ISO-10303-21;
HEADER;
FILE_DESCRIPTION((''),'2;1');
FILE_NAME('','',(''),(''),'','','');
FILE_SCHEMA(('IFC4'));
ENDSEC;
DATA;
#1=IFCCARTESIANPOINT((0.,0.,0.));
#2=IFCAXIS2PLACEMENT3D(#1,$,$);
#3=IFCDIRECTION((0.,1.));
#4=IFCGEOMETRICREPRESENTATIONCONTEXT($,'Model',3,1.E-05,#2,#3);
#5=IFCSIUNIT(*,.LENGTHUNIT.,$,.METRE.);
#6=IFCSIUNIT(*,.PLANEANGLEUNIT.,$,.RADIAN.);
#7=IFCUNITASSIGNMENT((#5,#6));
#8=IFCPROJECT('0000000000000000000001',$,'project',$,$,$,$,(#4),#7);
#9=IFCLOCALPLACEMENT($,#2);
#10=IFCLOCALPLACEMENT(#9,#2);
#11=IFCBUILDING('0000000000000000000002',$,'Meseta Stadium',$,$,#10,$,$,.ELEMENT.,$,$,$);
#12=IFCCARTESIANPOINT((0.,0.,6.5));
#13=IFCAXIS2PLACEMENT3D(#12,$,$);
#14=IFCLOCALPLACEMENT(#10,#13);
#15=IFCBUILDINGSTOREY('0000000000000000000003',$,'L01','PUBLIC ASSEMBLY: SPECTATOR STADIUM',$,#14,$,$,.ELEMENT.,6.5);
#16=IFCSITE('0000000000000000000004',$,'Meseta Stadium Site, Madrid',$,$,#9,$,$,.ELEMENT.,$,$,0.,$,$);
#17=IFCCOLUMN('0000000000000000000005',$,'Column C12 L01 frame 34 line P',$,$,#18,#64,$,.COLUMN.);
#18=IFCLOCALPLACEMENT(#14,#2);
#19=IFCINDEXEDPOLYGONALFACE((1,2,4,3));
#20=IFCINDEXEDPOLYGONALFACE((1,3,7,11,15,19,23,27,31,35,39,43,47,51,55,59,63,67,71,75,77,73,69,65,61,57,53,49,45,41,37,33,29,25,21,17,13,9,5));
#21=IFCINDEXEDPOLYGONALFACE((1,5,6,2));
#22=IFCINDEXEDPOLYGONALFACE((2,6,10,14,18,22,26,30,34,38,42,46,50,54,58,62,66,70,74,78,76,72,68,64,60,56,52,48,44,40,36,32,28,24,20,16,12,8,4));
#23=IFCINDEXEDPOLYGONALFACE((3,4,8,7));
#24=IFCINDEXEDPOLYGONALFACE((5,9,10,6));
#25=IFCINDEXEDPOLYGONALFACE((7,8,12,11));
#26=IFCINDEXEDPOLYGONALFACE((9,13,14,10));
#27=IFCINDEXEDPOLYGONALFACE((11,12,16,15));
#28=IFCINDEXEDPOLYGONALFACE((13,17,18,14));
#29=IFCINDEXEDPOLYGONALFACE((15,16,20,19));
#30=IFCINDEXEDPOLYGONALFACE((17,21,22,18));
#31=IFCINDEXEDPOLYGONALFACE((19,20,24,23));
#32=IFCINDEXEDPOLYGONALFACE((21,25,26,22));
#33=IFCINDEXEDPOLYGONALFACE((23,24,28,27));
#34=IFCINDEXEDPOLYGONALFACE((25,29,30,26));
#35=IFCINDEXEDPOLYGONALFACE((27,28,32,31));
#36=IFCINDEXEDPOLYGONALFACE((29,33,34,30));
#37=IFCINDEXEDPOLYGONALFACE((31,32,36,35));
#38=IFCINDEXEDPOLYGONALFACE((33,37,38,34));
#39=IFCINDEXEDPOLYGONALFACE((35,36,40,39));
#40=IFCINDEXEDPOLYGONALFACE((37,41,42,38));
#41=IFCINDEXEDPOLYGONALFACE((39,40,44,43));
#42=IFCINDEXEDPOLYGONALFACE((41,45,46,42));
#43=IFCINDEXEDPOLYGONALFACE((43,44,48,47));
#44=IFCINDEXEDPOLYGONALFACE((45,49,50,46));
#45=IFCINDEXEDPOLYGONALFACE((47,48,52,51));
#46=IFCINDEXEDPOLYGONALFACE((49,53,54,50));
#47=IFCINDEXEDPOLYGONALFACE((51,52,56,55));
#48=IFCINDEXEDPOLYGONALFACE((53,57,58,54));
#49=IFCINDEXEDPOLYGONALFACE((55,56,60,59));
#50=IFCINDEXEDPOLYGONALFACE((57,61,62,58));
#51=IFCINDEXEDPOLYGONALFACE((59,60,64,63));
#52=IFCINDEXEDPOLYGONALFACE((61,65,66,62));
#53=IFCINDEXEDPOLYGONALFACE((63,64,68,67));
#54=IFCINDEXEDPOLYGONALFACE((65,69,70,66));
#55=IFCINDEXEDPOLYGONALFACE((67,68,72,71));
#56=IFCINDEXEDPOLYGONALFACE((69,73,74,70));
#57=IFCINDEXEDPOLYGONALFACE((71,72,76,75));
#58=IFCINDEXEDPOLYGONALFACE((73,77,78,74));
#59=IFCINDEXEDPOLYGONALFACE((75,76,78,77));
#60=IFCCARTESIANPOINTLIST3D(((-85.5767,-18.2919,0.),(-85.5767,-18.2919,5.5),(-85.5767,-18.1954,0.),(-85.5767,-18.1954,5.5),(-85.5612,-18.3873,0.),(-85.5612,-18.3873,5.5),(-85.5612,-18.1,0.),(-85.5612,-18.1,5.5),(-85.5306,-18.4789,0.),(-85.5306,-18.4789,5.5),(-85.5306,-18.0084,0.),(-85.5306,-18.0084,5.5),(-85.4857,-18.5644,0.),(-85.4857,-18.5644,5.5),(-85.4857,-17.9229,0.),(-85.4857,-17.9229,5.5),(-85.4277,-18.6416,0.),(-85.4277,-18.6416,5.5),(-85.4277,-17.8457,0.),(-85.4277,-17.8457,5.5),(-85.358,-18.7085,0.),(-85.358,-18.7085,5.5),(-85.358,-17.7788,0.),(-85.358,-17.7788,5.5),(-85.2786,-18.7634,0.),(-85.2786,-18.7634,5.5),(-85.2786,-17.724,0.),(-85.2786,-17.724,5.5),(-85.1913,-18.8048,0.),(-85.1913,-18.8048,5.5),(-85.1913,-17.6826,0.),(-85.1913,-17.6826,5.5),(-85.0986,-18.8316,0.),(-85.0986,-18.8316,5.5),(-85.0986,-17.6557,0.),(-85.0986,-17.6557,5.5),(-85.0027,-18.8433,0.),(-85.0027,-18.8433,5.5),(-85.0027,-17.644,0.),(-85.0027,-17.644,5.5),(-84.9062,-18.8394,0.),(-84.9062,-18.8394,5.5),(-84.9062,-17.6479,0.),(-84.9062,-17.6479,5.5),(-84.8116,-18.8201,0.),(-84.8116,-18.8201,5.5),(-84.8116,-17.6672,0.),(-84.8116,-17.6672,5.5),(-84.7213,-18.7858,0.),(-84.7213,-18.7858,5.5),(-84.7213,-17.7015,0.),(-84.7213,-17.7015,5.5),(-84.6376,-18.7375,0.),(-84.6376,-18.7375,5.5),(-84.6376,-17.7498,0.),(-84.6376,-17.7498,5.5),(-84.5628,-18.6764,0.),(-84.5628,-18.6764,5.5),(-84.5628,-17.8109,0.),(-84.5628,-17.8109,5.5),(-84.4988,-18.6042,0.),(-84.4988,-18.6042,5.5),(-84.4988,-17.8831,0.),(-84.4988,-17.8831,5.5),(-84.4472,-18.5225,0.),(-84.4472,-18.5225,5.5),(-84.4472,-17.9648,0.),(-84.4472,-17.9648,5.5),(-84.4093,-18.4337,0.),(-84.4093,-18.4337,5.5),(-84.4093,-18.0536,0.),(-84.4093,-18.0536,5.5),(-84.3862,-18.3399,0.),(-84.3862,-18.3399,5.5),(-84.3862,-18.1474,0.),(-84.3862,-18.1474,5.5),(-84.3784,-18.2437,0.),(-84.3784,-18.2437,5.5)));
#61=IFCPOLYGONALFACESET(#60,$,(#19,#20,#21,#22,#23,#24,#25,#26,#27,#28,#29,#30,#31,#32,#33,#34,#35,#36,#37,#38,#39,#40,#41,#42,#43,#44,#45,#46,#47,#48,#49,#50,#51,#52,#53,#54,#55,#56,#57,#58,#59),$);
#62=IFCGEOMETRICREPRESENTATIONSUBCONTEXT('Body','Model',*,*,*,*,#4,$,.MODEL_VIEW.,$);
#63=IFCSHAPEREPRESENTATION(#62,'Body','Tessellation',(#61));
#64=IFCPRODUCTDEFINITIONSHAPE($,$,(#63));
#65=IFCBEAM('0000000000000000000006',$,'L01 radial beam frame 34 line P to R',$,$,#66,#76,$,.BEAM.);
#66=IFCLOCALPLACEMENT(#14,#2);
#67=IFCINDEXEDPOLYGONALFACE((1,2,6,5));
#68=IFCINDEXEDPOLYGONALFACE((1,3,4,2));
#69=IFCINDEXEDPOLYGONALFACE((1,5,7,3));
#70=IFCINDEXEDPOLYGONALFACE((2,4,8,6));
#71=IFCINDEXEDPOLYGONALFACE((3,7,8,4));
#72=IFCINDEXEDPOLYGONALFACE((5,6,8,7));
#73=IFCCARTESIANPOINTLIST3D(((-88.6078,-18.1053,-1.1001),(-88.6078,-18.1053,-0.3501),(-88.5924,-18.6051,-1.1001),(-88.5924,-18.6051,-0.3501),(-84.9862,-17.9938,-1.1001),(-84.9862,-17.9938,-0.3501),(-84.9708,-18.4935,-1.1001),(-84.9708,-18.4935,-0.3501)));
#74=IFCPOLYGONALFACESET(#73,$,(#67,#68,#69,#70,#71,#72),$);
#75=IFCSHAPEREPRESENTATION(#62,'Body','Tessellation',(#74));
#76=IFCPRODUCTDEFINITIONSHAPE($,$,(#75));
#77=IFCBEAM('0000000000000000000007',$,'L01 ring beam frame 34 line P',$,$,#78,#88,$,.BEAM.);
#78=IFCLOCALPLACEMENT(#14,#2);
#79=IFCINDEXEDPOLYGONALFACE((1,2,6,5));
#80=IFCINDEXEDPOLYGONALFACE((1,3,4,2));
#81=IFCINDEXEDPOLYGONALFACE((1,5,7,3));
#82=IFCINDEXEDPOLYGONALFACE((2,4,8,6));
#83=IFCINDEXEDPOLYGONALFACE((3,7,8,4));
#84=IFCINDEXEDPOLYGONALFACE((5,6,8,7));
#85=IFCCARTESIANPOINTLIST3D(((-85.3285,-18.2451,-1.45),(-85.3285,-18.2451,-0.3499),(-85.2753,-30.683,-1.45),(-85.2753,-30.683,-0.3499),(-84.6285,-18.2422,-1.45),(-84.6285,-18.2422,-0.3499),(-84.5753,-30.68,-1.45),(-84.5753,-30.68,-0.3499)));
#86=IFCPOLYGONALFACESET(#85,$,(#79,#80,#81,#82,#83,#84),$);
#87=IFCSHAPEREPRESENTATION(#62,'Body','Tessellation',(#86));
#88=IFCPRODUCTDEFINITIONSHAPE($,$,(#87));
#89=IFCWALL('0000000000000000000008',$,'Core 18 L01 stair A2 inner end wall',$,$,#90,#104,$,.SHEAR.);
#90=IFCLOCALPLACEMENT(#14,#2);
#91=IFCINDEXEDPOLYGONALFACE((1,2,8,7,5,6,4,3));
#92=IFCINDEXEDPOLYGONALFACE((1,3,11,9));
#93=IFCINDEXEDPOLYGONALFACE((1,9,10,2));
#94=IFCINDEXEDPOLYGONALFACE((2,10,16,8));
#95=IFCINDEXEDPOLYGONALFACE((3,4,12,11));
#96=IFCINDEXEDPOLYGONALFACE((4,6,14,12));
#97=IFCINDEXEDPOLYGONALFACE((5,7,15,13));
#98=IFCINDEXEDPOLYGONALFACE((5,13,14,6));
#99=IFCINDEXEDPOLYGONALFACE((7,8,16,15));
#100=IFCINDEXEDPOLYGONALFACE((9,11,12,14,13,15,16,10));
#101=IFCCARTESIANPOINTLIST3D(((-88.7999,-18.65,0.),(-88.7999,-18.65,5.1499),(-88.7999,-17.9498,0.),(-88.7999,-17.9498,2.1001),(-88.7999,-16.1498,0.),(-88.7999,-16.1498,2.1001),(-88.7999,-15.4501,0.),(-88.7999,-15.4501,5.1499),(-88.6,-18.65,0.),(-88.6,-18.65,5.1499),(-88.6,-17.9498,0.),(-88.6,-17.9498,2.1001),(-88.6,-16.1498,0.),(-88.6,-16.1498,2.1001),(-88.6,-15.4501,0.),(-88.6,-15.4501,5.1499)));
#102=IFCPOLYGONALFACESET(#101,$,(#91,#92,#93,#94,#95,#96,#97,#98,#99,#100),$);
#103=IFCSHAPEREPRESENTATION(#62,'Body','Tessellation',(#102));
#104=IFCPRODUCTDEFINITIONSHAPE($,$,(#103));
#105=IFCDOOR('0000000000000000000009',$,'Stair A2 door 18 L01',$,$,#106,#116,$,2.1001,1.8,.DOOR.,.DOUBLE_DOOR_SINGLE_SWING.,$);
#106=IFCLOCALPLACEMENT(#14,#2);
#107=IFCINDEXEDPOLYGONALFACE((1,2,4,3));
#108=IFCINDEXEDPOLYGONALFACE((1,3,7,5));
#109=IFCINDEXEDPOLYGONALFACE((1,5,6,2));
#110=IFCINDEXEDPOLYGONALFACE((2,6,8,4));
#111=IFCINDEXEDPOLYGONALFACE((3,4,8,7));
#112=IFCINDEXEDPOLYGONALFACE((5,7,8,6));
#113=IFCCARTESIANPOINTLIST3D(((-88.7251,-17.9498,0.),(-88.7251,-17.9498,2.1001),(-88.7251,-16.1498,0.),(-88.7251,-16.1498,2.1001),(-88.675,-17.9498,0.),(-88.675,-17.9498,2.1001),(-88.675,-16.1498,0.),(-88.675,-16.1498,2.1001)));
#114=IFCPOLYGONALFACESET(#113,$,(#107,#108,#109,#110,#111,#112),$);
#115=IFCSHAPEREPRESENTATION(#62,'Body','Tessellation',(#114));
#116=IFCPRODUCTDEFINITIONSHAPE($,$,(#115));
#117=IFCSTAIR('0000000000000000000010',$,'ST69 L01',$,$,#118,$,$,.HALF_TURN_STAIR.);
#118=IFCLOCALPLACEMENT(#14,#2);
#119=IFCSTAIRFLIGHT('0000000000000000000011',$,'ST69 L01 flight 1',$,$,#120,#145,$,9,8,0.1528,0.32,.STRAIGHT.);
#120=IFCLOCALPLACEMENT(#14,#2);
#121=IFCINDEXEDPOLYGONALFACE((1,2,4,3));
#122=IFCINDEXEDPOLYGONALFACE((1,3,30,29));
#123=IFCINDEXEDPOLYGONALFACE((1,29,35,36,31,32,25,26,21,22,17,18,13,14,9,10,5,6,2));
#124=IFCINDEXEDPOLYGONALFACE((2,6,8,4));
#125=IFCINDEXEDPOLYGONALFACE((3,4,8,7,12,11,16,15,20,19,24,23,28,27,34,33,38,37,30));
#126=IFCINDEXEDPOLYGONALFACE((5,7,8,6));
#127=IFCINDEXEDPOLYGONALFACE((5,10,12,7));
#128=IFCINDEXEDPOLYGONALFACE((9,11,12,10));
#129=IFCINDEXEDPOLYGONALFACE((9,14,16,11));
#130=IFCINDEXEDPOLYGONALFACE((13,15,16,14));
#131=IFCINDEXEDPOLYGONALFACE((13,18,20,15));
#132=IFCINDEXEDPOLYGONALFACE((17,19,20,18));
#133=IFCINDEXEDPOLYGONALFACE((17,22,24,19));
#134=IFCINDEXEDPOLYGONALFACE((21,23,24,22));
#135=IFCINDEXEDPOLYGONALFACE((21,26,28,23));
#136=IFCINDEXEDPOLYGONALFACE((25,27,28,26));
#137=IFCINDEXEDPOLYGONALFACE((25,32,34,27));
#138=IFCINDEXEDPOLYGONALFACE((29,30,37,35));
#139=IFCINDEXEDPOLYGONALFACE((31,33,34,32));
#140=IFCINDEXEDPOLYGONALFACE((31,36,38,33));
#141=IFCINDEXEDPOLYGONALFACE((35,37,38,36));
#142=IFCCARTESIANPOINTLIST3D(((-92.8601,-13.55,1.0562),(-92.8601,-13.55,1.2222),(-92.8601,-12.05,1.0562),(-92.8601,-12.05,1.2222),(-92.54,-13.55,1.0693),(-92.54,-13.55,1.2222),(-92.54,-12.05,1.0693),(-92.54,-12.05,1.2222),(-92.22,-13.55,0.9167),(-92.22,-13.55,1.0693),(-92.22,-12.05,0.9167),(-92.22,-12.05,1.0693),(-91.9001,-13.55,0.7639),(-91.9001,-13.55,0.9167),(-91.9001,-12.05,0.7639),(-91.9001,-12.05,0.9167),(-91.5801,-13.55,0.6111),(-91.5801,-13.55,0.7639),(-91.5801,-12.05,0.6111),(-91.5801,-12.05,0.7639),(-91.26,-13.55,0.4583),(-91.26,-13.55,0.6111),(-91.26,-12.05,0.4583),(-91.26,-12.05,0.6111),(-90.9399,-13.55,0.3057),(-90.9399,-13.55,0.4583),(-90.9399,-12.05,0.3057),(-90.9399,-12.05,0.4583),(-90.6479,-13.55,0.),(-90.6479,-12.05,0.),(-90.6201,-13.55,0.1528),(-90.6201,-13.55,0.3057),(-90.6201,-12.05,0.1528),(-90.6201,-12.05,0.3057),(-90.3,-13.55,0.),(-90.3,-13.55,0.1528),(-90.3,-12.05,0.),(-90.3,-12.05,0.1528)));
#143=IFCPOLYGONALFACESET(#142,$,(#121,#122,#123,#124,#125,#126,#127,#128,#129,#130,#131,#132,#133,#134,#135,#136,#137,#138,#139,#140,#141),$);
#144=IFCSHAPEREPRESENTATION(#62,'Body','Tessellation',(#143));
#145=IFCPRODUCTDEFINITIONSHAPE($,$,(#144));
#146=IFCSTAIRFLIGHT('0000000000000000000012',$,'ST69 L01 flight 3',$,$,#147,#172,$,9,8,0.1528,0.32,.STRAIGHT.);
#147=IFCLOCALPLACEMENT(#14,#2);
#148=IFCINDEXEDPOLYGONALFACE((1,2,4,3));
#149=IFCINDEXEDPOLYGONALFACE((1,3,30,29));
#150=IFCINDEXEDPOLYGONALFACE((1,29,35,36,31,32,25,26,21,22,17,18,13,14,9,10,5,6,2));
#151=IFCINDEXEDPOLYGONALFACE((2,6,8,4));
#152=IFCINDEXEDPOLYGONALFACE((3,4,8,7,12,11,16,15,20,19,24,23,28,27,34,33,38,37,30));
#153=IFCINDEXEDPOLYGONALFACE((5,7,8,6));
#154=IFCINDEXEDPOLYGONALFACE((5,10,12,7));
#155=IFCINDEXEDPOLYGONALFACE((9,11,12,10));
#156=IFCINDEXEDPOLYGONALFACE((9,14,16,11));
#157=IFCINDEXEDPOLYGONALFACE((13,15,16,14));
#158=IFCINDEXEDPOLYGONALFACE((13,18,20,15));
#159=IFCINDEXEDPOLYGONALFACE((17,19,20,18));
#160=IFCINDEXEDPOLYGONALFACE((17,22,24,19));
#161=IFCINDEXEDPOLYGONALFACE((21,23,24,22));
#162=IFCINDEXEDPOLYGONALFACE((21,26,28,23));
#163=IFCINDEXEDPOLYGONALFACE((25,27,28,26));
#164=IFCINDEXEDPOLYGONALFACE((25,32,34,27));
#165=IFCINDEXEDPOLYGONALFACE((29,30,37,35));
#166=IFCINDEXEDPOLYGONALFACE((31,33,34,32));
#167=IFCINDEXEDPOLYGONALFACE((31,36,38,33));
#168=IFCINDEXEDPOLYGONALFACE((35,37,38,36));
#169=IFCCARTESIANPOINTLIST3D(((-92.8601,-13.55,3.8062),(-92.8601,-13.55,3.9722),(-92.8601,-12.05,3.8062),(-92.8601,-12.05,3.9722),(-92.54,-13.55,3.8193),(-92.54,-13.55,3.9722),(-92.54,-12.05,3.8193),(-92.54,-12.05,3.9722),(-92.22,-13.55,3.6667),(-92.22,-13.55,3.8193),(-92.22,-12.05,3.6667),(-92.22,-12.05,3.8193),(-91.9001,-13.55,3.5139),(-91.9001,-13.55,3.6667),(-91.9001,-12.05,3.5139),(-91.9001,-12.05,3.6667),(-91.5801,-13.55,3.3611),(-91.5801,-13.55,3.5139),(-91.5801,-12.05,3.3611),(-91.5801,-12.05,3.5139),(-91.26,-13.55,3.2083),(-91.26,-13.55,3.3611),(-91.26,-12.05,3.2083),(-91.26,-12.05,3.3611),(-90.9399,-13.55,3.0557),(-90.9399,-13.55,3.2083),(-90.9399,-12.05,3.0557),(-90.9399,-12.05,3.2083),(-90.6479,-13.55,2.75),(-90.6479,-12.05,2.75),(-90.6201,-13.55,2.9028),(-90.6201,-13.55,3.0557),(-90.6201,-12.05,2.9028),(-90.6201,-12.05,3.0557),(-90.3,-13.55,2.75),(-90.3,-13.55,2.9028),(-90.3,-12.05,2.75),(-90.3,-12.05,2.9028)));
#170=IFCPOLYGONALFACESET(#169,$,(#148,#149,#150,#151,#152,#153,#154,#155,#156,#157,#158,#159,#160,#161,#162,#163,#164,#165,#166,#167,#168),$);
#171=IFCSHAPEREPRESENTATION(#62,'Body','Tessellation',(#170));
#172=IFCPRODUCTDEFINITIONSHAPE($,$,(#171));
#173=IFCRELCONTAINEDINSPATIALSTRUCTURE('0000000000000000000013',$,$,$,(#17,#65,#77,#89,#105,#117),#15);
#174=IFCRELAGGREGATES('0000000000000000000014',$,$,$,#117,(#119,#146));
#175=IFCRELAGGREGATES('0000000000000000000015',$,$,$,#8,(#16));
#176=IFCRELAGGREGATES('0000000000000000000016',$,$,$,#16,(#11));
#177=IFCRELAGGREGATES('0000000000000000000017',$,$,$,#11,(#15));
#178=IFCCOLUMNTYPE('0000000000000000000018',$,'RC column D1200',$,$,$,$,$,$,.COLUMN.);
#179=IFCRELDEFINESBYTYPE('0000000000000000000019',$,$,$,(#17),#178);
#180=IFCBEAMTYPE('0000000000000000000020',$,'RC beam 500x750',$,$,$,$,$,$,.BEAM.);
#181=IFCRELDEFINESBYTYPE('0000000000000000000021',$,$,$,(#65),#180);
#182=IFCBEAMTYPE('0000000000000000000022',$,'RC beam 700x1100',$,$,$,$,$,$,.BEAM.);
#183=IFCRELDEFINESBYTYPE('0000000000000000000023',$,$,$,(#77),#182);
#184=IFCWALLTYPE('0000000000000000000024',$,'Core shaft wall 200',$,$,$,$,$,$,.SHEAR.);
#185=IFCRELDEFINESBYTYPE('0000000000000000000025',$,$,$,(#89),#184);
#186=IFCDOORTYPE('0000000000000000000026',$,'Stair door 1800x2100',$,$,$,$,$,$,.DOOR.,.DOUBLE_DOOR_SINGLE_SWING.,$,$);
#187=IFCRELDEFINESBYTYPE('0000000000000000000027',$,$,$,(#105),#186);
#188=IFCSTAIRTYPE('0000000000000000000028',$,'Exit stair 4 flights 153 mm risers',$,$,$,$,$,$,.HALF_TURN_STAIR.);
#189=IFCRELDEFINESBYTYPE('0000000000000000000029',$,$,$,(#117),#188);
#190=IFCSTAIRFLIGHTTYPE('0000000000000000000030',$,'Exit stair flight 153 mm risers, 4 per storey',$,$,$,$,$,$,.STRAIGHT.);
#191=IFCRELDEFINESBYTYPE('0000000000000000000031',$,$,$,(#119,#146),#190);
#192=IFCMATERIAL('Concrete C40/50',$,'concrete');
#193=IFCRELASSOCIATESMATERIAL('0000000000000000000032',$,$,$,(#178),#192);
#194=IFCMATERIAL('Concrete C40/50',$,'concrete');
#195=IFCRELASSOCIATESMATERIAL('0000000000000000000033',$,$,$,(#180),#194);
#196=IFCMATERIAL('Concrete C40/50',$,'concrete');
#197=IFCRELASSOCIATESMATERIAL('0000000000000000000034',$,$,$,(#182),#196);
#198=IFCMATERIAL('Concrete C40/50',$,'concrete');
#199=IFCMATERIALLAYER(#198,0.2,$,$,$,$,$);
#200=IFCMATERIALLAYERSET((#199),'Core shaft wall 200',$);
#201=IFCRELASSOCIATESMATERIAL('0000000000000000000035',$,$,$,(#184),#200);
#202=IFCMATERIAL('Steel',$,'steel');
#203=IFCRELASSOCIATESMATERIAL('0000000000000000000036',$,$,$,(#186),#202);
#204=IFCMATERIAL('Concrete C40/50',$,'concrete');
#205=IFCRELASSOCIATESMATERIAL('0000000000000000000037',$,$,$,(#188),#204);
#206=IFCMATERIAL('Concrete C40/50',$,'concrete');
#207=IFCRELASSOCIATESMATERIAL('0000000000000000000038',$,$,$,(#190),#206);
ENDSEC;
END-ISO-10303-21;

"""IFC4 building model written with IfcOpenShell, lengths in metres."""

from ifc_helpers import new_model, si_unit, direction, frame, frame_2d, origin, origin_2d, place, context, subcontext, project, spatial, polyline, rectangle, circle, outline, extrude, material, layer, layer_set, material_profile, profile_set, type_object, element, fill, aggregate, save


model = new_model("IFC4")

# Units and contexts
model_context = context("Model", 3, precision=1e-05, world=origin(), true_north=direction((0.0, 1.0)))
body_context = subcontext(model_context, "Body", "Model", "MODEL_VIEW")
ifc_project = project(units=[si_unit("LENGTHUNIT", "METRE"), si_unit("PLANEANGLEUNIT", "RADIAN")], contexts=[model_context])

# Site, building, storey
site_placement = place(None, origin())
site = spatial("IfcSite", under=ifc_project, at=site_placement, Name="Meseta Stadium Site, Madrid", CompositionType="ELEMENT", RefElevation=0.0)
building_placement = place(site_placement, origin())
building = spatial("IfcBuilding", under=site, at=building_placement, Name="Meseta Stadium", CompositionType="ELEMENT")
storey_placement = place(building_placement, frame((0.0, 0.0, 6.5)))
storey = spatial("IfcBuildingStorey", under=building, at=storey_placement, Name="L01", Description="PUBLIC ASSEMBLY: SPECTATOR STADIUM", CompositionType="ELEMENT", Elevation=6.5)

# Column
ifc_material_1 = material(Name="Concrete C40/50", Category="concrete")
ifc_material_profile_1 = material_profile(ifc_material_1, circle(Radius=0.6001, at=origin_2d()), Name="RC D1200")
ifc_profile_set_1 = profile_set([ifc_material_profile_1], Name="Concrete C40/50")
column_type = type_object("IfcColumnType", Name="RC column D1200", PredefinedType="COLUMN", material=ifc_profile_set_1)
column_placement = place(storey_placement, frame((-84.9785, -18.2437, 0.0), z_axis=(0.0, 0.0, 1.0), x_axis=(1.0, 0.0, 0.0)))
element("IfcColumn", 1, at=column_placement, inside=storey, type_object=column_type, Name="Column C12 L01 frame 34 line P", PredefinedType="COLUMN", context=body_context, shape_type="SweptSolid", body=[
    extrude(circle(Radius=0.6001, at=origin_2d()), origin(), (0.0, 0.0, 1.0), 5.5),
])

# Beams
ifc_material_2 = material(Name="Concrete C40/50", Category="concrete")
ifc_material_profile_2 = material_profile(ifc_material_2, rectangle(XDim=0.5, YDim=0.75, at=origin_2d()), Name="RC 500x750")
ifc_profile_set_2 = profile_set([ifc_material_profile_2], Name="Concrete C40/50")
beam_type_1 = type_object("IfcBeamType", Name="RC beam 500x750", PredefinedType="BEAM", material=ifc_profile_set_2)
beam_1_placement = place(storey_placement, frame((-84.9785, -18.2437, -0.7251), z_axis=(-0.999526, -0.030793, 0.0), x_axis=(0.030793, -0.999526, 0.0)))
element("IfcBeam", 2, at=beam_1_placement, inside=storey, type_object=beam_type_1, Name="L01 radial beam frame 34 line P to R", PredefinedType="BEAM", context=body_context, shape_type="SweptSolid", body=[
    extrude(rectangle(XDim=0.5, YDim=0.75, at=origin_2d()), origin(), (0.0, 0.0, 1.0), 3.6233),
])
ifc_material_3 = material(Name="Concrete C40/50", Category="concrete")
ifc_material_profile_3 = material_profile(ifc_material_3, rectangle(XDim=0.7, YDim=1.1001, at=origin_2d()), Name="RC 700x1100")
ifc_profile_set_3 = profile_set([ifc_material_profile_3], Name="Concrete C40/50")
beam_type_2 = type_object("IfcBeamType", Name="RC beam 700x1100", PredefinedType="BEAM", material=ifc_profile_set_3)
beam_2_placement = place(storey_placement, frame((-84.9785, -18.2437, -0.8999), z_axis=(0.004279, -0.999991, 0.0), x_axis=(0.999991, 0.004279, 0.0)))
element("IfcBeam", 3, at=beam_2_placement, inside=storey, type_object=beam_type_2, Name="L01 ring beam frame 34 line P", PredefinedType="BEAM", context=body_context, shape_type="SweptSolid", body=[
    extrude(rectangle(XDim=0.7, YDim=1.1001, at=origin_2d()), origin(), (0.0, 0.0, 1.0), 12.438),
])

# Wall, opening, door
ifc_material_4 = material(Name="Concrete C40/50", Category="concrete")
ifc_layer = layer(ifc_material_4, 0.2)
ifc_layer_set = layer_set([ifc_layer], Name="Core shaft wall 200")
wall_type = type_object("IfcWallType", Name="Core shaft wall 200", PredefinedType="SHEAR", material=ifc_layer_set)
wall_placement = place(storey_placement, frame((-88.7, -15.45, 0.0), z_axis=(0.0, 0.0, 1.0), x_axis=(0.0, -1.0, 0.0)))
wall = element("IfcWall", 4, at=wall_placement, inside=storey, type_object=wall_type, Name="Core 18 L01 stair A2 inner end wall", PredefinedType="SHEAR", context=body_context, shape_type="SweptSolid", body=[
    extrude(rectangle(XDim=3.2, YDim=0.2, at=frame_2d((1.6001, 0.0))), origin(), (0.0, 0.0, 1.0), 5.1499),
])
opening_placement = place(wall_placement, frame((0.7, 0.0, 0.0)))
opening = element("IfcOpeningElement", 5, at=opening_placement, cuts=wall, PredefinedType="OPENING", context=body_context, shape_type="SweptSolid", body=[
    extrude(rectangle(XDim=1.8, YDim=2.1001, at=frame_2d((0.8999, 1.05))), frame((0.0, 0.1099, 0.0), z_axis=(0.0, -1.0, 0.0), x_axis=(1.0, 0.0, 0.0)), (0.0, 0.0, 1.0), 0.22),
])
ifc_material_5 = material(Name="Steel", Category="steel")
door_type = type_object("IfcDoorType", Name="Stair door 1800x2100", OperationType="DOUBLE_DOOR_SINGLE_SWING", PredefinedType="DOOR", material=ifc_material_5)
door_placement = place(opening_placement, origin())
door = element("IfcDoor", 6, at=door_placement, inside=storey, type_object=door_type, Name="Stair A2 door 18 L01", OperationType="DOUBLE_DOOR_SINGLE_SWING", OverallHeight=2.1001, OverallWidth=1.8, PredefinedType="DOOR", context=body_context, shape_type="SweptSolid", body=[
    extrude(rectangle(XDim=1.8, YDim=2.1001, at=frame_2d((0.8999, 1.05))), frame((0.0, 0.0249, 0.0), z_axis=(0.0, -1.0, 0.0), x_axis=(1.0, 0.0, 0.0)), (0.0, 0.0, 1.0), 0.05),
])
fill(opening, door)

# Stair, stair flights
ifc_material_6 = material(Name="Concrete C40/50", Category="concrete")
stair_type = type_object("IfcStairType", Name="Exit stair 4 flights 153 mm risers", PredefinedType="HALF_TURN_STAIR", material=ifc_material_6)
stair_1_placement = place(storey_placement, origin())
stair_1 = element("IfcStair", 7, at=stair_1_placement, inside=storey, type_object=stair_type, Name="ST69 L01", PredefinedType="HALF_TURN_STAIR")
ifc_material_7 = material(Name="Concrete C40/50", Category="concrete")
stair_flight_type = type_object("IfcStairFlightType", Name="Exit stair flight 153 mm risers, 4 per storey", PredefinedType="STRAIGHT", material=ifc_material_7)
stair_flight_1_placement = place(storey_placement, frame((-90.3, -12.8, 0.0), z_axis=(0.0, 0.0, 1.0), x_axis=(-1.0, 0.0, 0.0)))
stair_flight_1 = element("IfcStairFlight", 8, at=stair_flight_1_placement, type_object=stair_flight_type, Name="ST69 L01 flight 1", NumberOfRisers=9, NumberOfTreads=8, PredefinedType="STRAIGHT", RiserHeight=0.1528, TreadLength=0.32, context=body_context, shape_type="SweptSolid", body=[
    extrude(outline(polyline([(0.0, 0.0), (0.0, 0.1528), (0.3201, 0.1528), (0.3201, 0.3057), (0.6399, 0.3057), (0.6399, 0.4583), (0.96, 0.4583), (0.96, 0.6111), (1.28, 0.6111), (1.28, 0.7639), (1.6001, 0.7639), (1.6001, 0.9167), (1.9199, 0.9167), (1.9199, 1.0693), (2.24, 1.0693), (2.24, 1.2222), (2.5601, 1.2222), (2.5601, 1.0562), (0.3479, 0.0), (0.0, 0.0)])), frame((0.0, 0.75, 0.0), z_axis=(0.0, -1.0, 0.0), x_axis=(1.0, 0.0, 0.0)), (0.0, 0.0, 1.0), 1.5),
])
stair_flight_2_placement = place(storey_placement, frame((-90.3, -12.8, 2.75), z_axis=(0.0, 0.0, 1.0), x_axis=(-1.0, 0.0, 0.0)))
stair_flight_2 = element("IfcStairFlight", 9, at=stair_flight_2_placement, type_object=stair_flight_type, Name="ST69 L01 flight 3", NumberOfRisers=9, NumberOfTreads=8, PredefinedType="STRAIGHT", RiserHeight=0.1528, TreadLength=0.32, context=body_context, shape_type="SweptSolid", body=[
    extrude(outline(polyline([(0.0, 0.0), (0.0, 0.1528), (0.3201, 0.1528), (0.3201, 0.3057), (0.6399, 0.3057), (0.6399, 0.4583), (0.96, 0.4583), (0.96, 0.6111), (1.28, 0.6111), (1.28, 0.7639), (1.6001, 0.7639), (1.6001, 0.9167), (1.9199, 0.9167), (1.9199, 1.0693), (2.24, 1.0693), (2.24, 1.2222), (2.5601, 1.2222), (2.5601, 1.0562), (0.3479, 0.0), (0.0, 0.0)])), frame((0.0, 0.75, 0.0), z_axis=(0.0, -1.0, 0.0), x_axis=(1.0, 0.0, 0.0)), (0.0, 0.0, 1.0), 1.5),
])
aggregate(stair_1, [stair_flight_1, stair_flight_2])

save(model, "model.ifc")
